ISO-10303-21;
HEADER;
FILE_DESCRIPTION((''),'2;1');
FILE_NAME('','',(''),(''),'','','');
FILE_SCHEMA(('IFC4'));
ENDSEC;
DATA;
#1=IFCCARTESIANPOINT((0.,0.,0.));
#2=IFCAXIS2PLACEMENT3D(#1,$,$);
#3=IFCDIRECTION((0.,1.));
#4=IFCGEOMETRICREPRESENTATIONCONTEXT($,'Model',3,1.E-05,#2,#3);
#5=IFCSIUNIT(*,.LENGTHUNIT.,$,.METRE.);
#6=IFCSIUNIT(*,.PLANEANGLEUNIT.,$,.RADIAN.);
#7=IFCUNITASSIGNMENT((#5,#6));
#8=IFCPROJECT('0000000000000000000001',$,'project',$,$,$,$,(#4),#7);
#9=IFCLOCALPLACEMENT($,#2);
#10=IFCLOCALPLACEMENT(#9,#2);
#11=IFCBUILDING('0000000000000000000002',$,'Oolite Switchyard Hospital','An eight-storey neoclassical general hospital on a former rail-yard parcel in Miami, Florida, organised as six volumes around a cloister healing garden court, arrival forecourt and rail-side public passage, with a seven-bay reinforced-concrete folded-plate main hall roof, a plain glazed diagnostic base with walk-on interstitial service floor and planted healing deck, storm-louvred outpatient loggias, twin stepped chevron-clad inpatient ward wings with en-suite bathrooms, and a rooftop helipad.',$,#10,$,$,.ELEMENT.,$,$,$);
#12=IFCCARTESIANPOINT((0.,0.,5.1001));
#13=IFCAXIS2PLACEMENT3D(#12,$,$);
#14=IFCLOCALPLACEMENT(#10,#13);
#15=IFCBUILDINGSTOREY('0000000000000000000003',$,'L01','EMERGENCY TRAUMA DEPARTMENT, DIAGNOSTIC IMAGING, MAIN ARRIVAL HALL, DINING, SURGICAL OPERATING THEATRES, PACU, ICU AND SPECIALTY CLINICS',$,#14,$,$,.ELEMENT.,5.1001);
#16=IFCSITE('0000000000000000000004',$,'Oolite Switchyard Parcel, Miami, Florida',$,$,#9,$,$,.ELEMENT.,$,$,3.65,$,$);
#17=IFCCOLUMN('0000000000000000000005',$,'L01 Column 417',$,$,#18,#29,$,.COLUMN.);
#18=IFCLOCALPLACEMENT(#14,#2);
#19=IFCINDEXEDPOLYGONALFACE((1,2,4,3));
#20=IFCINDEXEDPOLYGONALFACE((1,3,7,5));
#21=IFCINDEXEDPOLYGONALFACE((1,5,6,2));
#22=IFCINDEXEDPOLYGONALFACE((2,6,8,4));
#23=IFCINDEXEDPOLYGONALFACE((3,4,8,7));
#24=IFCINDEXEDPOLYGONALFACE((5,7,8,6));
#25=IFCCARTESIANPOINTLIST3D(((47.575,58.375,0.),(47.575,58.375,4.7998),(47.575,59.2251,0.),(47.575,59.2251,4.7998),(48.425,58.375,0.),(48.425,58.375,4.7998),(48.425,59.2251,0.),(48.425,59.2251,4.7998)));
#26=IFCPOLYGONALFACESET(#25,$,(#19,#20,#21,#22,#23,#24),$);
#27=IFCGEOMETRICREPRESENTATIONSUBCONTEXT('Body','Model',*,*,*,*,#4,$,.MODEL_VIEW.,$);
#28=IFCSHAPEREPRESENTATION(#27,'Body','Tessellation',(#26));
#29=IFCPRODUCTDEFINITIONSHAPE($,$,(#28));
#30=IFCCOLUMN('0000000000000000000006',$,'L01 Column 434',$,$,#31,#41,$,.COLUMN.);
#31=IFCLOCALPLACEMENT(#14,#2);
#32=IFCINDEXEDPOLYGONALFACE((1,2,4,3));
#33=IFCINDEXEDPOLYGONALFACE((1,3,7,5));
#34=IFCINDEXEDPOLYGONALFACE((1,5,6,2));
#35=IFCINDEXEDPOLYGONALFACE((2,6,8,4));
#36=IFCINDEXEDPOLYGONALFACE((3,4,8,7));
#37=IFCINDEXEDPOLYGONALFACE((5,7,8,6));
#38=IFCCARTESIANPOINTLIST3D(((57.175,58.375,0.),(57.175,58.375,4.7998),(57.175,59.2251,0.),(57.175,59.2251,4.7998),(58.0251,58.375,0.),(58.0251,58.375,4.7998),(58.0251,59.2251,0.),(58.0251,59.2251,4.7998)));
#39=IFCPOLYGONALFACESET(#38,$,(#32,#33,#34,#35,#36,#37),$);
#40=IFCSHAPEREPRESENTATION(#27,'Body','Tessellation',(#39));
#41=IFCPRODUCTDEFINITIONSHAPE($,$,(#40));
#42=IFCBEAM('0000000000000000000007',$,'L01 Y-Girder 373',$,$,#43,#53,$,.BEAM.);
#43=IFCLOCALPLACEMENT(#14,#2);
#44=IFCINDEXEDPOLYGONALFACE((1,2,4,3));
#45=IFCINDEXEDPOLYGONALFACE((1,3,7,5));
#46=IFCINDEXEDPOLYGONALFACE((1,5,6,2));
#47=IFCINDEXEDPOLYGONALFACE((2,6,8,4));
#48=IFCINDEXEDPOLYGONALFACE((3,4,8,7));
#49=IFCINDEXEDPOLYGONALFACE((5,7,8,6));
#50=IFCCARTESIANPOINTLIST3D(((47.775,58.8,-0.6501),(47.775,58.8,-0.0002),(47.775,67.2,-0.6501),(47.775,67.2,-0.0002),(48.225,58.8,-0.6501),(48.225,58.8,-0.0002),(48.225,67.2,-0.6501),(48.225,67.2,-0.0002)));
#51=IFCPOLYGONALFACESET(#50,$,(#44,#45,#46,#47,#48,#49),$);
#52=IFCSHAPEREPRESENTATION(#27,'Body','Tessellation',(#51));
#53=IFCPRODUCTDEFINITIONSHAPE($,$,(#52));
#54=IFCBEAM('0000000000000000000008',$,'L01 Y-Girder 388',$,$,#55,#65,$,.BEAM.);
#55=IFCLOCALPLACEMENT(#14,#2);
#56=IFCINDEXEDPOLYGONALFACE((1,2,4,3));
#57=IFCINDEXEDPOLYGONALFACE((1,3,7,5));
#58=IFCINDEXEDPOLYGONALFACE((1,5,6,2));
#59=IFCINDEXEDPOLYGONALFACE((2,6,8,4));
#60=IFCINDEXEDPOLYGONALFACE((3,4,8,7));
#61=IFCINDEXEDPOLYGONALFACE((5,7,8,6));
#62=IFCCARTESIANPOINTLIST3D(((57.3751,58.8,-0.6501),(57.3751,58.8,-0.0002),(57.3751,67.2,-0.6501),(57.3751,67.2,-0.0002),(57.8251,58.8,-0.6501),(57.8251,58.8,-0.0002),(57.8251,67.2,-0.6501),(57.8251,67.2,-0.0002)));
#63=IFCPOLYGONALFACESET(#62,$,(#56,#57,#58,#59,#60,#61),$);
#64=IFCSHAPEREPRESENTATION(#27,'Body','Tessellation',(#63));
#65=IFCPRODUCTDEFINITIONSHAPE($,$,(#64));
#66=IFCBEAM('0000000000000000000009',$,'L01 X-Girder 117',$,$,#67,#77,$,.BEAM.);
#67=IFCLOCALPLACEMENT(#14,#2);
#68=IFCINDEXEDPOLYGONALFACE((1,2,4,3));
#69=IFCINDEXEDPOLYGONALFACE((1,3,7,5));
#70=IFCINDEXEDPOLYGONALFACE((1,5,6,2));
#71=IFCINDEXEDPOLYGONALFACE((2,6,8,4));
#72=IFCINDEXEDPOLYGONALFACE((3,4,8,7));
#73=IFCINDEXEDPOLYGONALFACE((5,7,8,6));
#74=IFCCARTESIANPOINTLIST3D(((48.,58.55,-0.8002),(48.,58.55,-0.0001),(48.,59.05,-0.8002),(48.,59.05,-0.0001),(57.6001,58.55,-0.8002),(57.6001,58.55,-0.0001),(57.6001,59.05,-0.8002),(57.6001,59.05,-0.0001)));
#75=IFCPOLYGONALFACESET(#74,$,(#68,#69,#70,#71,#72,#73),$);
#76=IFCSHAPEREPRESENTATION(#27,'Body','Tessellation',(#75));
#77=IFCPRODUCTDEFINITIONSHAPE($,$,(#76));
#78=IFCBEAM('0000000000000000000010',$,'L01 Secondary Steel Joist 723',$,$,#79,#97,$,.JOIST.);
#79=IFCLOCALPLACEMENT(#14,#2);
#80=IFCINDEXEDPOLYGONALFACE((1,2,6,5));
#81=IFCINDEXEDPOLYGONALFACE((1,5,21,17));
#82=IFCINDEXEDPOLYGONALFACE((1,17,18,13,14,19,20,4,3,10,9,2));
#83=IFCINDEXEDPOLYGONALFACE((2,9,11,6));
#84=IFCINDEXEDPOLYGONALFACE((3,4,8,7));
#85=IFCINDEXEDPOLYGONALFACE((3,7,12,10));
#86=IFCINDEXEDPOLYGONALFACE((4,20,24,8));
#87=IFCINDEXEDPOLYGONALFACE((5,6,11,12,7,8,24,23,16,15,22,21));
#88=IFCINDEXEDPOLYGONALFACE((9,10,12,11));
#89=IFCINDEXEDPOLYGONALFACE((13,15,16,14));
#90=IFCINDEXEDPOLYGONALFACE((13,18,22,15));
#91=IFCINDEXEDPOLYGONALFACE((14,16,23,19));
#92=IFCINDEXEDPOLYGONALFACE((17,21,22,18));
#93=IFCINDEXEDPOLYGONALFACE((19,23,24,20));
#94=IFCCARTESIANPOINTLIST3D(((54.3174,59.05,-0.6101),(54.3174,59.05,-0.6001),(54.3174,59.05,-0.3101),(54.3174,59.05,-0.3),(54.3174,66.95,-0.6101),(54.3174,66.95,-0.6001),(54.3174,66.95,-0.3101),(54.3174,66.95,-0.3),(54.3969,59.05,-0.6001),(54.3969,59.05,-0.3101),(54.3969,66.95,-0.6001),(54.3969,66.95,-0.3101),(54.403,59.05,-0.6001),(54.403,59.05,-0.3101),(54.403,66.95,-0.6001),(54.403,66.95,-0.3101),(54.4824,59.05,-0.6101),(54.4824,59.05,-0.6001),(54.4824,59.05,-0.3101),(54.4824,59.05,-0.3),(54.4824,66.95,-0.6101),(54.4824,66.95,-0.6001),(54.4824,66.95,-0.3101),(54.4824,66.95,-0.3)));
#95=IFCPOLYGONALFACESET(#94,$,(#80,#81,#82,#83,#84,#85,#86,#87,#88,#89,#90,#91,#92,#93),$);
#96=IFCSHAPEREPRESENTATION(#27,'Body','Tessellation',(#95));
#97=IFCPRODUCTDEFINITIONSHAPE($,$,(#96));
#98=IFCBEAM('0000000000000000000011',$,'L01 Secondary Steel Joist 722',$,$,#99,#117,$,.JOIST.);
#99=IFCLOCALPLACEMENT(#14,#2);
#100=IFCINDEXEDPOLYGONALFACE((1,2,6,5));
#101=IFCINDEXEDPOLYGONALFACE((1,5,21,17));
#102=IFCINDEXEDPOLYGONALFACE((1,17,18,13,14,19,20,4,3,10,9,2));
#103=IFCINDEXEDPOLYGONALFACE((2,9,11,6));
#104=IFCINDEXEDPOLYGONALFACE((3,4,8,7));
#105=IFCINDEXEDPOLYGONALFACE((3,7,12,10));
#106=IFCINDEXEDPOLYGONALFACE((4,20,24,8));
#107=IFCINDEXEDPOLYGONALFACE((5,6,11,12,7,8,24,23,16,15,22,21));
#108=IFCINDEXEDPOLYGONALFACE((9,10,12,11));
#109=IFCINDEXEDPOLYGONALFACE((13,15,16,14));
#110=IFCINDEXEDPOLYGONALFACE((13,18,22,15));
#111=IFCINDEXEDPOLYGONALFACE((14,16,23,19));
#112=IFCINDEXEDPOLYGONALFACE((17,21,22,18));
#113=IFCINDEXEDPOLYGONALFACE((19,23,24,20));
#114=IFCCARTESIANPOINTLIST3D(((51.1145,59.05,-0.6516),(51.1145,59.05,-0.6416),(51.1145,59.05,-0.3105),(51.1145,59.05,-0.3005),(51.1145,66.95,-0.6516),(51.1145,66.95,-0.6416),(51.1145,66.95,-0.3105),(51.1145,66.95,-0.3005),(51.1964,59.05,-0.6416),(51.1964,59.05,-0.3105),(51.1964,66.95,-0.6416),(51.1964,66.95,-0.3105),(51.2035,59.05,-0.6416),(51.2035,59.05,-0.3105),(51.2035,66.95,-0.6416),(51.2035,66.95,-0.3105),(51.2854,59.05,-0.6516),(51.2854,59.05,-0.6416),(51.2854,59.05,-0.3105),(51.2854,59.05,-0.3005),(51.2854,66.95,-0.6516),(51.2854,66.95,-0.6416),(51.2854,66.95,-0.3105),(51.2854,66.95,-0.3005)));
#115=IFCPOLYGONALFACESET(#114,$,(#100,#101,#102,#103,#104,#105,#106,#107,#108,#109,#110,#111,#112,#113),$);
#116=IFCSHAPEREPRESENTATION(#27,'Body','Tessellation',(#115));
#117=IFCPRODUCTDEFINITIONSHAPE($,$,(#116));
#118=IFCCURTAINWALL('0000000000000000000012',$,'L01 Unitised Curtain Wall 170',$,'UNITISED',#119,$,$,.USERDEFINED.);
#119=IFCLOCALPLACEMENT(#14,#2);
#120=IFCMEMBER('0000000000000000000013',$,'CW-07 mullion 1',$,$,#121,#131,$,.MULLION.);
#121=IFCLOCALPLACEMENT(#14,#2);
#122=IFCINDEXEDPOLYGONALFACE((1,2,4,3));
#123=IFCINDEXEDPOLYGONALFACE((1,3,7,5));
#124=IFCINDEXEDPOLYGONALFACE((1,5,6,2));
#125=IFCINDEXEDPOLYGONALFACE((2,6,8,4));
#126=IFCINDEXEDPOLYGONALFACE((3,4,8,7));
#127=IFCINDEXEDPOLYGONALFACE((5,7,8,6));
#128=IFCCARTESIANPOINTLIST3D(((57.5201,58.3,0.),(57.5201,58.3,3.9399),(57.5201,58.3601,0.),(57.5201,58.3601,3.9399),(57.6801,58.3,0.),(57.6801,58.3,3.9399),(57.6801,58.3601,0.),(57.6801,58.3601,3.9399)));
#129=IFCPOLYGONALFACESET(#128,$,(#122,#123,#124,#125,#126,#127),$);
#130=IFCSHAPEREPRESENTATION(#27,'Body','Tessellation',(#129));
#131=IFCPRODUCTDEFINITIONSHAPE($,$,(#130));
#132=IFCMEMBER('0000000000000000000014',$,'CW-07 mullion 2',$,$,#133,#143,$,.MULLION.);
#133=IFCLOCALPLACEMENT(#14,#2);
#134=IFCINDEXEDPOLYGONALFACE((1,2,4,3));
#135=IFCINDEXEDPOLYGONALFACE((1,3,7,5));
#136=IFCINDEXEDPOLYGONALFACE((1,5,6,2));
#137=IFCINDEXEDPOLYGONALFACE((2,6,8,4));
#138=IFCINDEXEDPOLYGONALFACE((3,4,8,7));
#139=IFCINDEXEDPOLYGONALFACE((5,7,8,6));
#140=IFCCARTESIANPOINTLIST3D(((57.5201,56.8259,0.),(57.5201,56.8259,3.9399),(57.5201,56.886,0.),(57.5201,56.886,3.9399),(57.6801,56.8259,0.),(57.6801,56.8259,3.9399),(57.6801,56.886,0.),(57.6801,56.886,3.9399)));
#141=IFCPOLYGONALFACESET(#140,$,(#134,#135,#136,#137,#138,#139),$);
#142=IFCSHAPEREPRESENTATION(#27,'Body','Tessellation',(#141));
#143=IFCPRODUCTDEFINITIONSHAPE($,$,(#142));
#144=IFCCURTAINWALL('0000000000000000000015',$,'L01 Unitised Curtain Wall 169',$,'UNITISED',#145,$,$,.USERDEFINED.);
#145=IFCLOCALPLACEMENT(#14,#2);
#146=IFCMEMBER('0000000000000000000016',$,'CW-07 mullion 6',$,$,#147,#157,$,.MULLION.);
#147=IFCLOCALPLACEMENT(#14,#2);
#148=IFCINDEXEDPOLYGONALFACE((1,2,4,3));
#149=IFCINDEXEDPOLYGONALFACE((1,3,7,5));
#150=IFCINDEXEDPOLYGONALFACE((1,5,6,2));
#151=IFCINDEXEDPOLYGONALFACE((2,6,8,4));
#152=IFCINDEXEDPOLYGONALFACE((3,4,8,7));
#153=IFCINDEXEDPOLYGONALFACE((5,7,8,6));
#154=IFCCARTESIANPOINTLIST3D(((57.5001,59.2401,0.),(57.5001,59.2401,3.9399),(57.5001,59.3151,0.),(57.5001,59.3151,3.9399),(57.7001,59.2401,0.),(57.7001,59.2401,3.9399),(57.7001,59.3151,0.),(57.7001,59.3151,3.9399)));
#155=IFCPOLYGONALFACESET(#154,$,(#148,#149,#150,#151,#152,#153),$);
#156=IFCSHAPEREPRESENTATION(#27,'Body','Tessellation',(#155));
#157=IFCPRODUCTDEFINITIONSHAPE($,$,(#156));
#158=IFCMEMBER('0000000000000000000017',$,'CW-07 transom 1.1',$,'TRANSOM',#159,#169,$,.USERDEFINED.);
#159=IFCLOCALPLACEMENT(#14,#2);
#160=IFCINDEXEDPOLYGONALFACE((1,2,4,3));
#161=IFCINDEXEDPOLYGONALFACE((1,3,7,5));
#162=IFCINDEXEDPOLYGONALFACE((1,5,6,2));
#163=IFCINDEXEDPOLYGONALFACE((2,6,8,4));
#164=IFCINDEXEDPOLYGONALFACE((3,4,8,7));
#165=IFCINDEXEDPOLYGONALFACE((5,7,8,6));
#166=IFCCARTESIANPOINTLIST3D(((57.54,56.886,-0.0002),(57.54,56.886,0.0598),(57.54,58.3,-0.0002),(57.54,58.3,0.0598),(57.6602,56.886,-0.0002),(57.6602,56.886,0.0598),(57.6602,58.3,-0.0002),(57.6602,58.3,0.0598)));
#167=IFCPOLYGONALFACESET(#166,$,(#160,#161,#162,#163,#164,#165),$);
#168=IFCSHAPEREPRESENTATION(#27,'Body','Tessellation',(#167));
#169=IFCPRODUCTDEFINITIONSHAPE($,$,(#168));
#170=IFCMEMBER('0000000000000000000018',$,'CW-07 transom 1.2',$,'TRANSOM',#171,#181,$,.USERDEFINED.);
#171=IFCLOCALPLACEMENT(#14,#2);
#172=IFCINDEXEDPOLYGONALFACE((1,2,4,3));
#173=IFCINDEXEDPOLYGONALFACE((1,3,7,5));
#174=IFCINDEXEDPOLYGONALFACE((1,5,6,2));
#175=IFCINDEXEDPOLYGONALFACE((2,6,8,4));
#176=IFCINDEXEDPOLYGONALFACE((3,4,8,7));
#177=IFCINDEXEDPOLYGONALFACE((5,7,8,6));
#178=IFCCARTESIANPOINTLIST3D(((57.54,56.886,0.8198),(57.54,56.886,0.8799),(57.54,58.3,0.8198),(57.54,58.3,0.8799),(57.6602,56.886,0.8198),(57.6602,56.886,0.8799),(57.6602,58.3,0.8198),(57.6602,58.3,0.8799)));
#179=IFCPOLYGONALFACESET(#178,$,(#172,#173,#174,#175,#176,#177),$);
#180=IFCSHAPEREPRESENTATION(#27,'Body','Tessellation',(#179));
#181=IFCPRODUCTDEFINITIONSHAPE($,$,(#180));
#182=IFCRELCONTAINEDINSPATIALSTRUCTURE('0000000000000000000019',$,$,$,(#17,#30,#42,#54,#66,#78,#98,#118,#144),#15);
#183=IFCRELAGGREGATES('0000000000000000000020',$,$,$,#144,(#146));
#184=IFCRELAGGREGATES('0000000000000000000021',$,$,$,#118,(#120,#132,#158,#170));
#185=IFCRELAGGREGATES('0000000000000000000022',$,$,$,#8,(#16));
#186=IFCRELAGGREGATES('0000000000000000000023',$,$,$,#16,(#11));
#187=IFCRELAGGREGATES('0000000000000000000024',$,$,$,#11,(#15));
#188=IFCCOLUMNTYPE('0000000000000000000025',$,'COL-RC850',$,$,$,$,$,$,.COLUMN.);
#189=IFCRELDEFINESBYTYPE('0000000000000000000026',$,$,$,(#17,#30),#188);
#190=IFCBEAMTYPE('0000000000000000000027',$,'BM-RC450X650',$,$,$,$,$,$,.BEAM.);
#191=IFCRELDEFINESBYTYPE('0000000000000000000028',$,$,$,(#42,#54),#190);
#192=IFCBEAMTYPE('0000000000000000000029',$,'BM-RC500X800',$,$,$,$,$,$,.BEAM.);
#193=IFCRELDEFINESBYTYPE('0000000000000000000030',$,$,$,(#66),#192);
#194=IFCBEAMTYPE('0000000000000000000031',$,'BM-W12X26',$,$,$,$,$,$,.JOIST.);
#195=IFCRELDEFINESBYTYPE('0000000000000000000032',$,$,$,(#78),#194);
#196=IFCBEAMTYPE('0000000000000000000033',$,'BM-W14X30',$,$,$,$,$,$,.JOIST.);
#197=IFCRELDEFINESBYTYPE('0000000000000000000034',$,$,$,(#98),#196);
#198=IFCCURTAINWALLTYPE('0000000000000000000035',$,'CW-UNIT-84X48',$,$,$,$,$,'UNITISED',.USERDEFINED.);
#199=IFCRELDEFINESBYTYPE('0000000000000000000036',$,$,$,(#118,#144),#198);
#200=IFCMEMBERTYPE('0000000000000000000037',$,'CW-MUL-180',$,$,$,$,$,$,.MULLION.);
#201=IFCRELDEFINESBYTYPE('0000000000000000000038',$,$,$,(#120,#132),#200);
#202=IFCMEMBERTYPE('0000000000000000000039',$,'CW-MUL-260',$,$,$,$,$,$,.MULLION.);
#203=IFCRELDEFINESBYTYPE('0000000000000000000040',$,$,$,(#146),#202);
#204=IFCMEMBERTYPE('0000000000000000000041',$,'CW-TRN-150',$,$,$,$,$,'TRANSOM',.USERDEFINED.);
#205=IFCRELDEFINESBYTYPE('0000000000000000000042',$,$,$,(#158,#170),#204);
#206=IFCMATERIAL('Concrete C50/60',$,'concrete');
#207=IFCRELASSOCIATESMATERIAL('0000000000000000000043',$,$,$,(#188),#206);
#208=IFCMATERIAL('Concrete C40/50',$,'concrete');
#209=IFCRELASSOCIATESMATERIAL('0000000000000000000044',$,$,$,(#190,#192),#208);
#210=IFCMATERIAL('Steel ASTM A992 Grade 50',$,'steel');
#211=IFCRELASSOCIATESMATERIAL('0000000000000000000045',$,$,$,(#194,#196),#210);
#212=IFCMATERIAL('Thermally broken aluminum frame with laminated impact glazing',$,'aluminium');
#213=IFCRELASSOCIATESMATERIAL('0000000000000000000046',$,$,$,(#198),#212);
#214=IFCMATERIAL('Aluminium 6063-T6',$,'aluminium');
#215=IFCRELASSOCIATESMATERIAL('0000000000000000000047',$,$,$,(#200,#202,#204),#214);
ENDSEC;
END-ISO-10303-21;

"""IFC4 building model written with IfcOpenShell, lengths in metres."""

from ifc_helpers import new_model, si_unit, direction, frame, origin, origin_2d, place, context, subcontext, project, spatial, rectangle, i_section, extrude, material, material_profile, profile_set, type_object, element, aggregate, save


model = new_model("IFC4")

# Units and contexts
model_context = context("Model", 3, precision=1e-05, world=origin(), true_north=direction((0.0, 1.0)))
body_context = subcontext(model_context, "Body", "Model", "MODEL_VIEW")
ifc_project = project(units=[si_unit("LENGTHUNIT", "METRE"), si_unit("PLANEANGLEUNIT", "RADIAN")], contexts=[model_context])

# Site, building, storey
site_placement = place(None, origin())
site = spatial("IfcSite", under=ifc_project, at=site_placement, Name="Oolite Switchyard Parcel, Miami, Florida", CompositionType="ELEMENT", RefElevation=3.65)
building_placement = place(site_placement, origin())
building = spatial("IfcBuilding", under=site, at=building_placement, Name="Oolite Switchyard Hospital", Description="An eight-storey neoclassical general hospital on a former rail-yard parcel in Miami, Florida, organised as six volumes around a cloister healing garden court, arrival forecourt and rail-side public passage, with a seven-bay reinforced-concrete folded-plate main hall roof, a plain glazed diagnostic base with walk-on interstitial service floor and planted healing deck, storm-louvred outpatient loggias, twin stepped chevron-clad inpatient ward wings with en-suite bathrooms, and a rooftop helipad.", CompositionType="ELEMENT")
storey_placement = place(building_placement, frame((0.0, 0.0, 5.1001)))
storey = spatial("IfcBuildingStorey", under=building, at=storey_placement, Name="L01", Description="EMERGENCY TRAUMA DEPARTMENT, DIAGNOSTIC IMAGING, MAIN ARRIVAL HALL, DINING, SURGICAL OPERATING THEATRES, PACU, ICU AND SPECIALTY CLINICS", CompositionType="ELEMENT", Elevation=5.1001)

# Columns
ifc_material_1 = material(Name="Concrete C50/60", Category="concrete")
ifc_material_profile_1 = material_profile(ifc_material_1, rectangle(XDim=0.8501, YDim=0.8501, at=origin_2d()), Name="RC850X850")
ifc_profile_set_1 = profile_set([ifc_material_profile_1], Name="Concrete C50/60")
column_type = type_object("IfcColumnType", Name="COL-RC850", PredefinedType="COLUMN", material=ifc_profile_set_1)
for number, where, z_axis, x_axis, name in (
    (1, (48.0, 58.8, 0.0), (0.0, 0.0, 1.0), (1.0, 0.0, 0.0), "L01 Column 417"),
    (2, (57.6001, 58.8, 0.0), (0.0, 0.0, 1.0), (1.0, 0.0, 0.0), "L01 Column 434"),
):
    element("IfcColumn", number, at=place(storey_placement, frame(where, z_axis=z_axis, x_axis=x_axis)), inside=storey, type_object=column_type, Name=name, PredefinedType="COLUMN", context=body_context, shape_type="SweptSolid", body=[
        extrude(rectangle(XDim=0.8501, YDim=0.8501, at=origin_2d()), origin(), (0.0, 0.0, 1.0), 4.7998),
    ])

# Beams
ifc_material_2 = material(Name="Concrete C40/50", Category="concrete")
ifc_material_profile_2 = material_profile(ifc_material_2, rectangle(XDim=0.45, YDim=0.6499, at=origin_2d()), Name="RCB450X650")
ifc_profile_set_2 = profile_set([ifc_material_profile_2], Name="Concrete C40/50")
beam_type_1 = type_object("IfcBeamType", Name="BM-RC450X650", PredefinedType="BEAM", material=ifc_profile_set_2)
for number, where, z_axis, x_axis, name in (
    (3, (48.0, 58.8, -0.3252), (0.0, 1.0, 0.0), (-1.0, 0.0, 0.0), "L01 Y-Girder 373"),
    (4, (57.6001, 58.8, -0.3252), (0.0, 1.0, 0.0), (-1.0, 0.0, 0.0), "L01 Y-Girder 388"),
):
    element("IfcBeam", number, at=place(storey_placement, frame(where, z_axis=z_axis, x_axis=x_axis)), inside=storey, type_object=beam_type_1, Name=name, PredefinedType="BEAM", context=body_context, shape_type="SweptSolid", body=[
        extrude(rectangle(XDim=0.45, YDim=0.6499, at=origin_2d()), origin(), (0.0, 0.0, 1.0), 8.3999),
    ])
ifc_material_profile_3 = material_profile(ifc_material_2, rectangle(XDim=0.5, YDim=0.8, at=origin_2d()), Name="RCB500X800")
ifc_profile_set_3 = profile_set([ifc_material_profile_3], Name="Concrete C40/50")
beam_type_2 = type_object("IfcBeamType", Name="BM-RC500X800", PredefinedType="BEAM", material=ifc_profile_set_3)
beam_1_placement = place(storey_placement, frame((48.0, 58.8, -0.4001), z_axis=(1.0, 0.0, 0.0), x_axis=(0.0, 1.0, 0.0)))
element("IfcBeam", 5, at=beam_1_placement, inside=storey, type_object=beam_type_2, Name="L01 X-Girder 117", PredefinedType="BEAM", context=body_context, shape_type="SweptSolid", body=[
    extrude(rectangle(XDim=0.5, YDim=0.8, at=origin_2d()), origin(), (0.0, 0.0, 1.0), 9.6001),
])
ifc_material_3 = material(Name="Steel ASTM A992 Grade 50", Category="steel")
ifc_material_profile_4 = material_profile(ifc_material_3, i_section(OverallWidth=0.165, OverallDepth=0.3101, WebThickness=0.0061, FlangeThickness=0.01, at=origin_2d()), Name="W12X26")
ifc_profile_set_4 = profile_set([ifc_material_profile_4], Name="Steel ASTM A992 Grade 50")
beam_type_3 = type_object("IfcBeamType", Name="BM-W12X26", PredefinedType="JOIST", material=ifc_profile_set_4)
beam_2_placement = place(storey_placement, frame((54.3999, 59.05, -0.4551), z_axis=(0.0, 1.0, 0.0), x_axis=(-1.0, 0.0, 0.0)))
element("IfcBeam", 6, at=beam_2_placement, inside=storey, type_object=beam_type_3, Name="L01 Secondary Steel Joist 723", PredefinedType="JOIST", context=body_context, shape_type="SweptSolid", body=[
    extrude(i_section(OverallWidth=0.165, OverallDepth=0.3101, WebThickness=0.0061, FlangeThickness=0.01, at=origin_2d()), origin(), (0.0, 0.0, 1.0), 7.8999),
])
ifc_material_profile_5 = material_profile(ifc_material_3, i_section(OverallWidth=0.1709, OverallDepth=0.3511, WebThickness=0.0071, FlangeThickness=0.01, at=origin_2d()), Name="W14X30")
ifc_profile_set_5 = profile_set([ifc_material_profile_5], Name="Steel ASTM A992 Grade 50")
beam_type_4 = type_object("IfcBeamType", Name="BM-W14X30", PredefinedType="JOIST", material=ifc_profile_set_5)
beam_3_placement = place(storey_placement, frame((51.2, 59.05, -0.4761), z_axis=(0.0, 1.0, 0.0), x_axis=(-1.0, 0.0, 0.0)))
element("IfcBeam", 7, at=beam_3_placement, inside=storey, type_object=beam_type_4, Name="L01 Secondary Steel Joist 722", PredefinedType="JOIST", context=body_context, shape_type="SweptSolid", body=[
    extrude(i_section(OverallWidth=0.1709, OverallDepth=0.3511, WebThickness=0.0071, FlangeThickness=0.01, at=origin_2d()), origin(), (0.0, 0.0, 1.0), 7.8999),
])

# Curtain wall, members
ifc_material_4 = material(Name="Thermally broken aluminum frame with laminated impact glazing", Category="aluminium")
curtain_wall_type = type_object("IfcCurtainWallType", Name="CW-UNIT-84X48", ElementType="UNITISED", PredefinedType="USERDEFINED", material=ifc_material_4)
curtain_wall_1_placement = place(storey_placement, origin())
curtain_wall_1 = element("IfcCurtainWall", 8, at=curtain_wall_1_placement, inside=storey, type_object=curtain_wall_type, Name="L01 Unitised Curtain Wall 170", ObjectType="UNITISED", PredefinedType="USERDEFINED")
ifc_material_5 = material(Name="Aluminium 6063-T6", Category="aluminium")
ifc_material_profile_6 = material_profile(ifc_material_5, rectangle(XDim=0.1599, YDim=0.0601, at=origin_2d()), Name="CWM60X160")
ifc_profile_set_6 = profile_set([ifc_material_profile_6], Name="Aluminium 6063-T6")
member_type_1 = type_object("IfcMemberType", Name="CW-MUL-180", PredefinedType="MULLION", material=ifc_profile_set_6)
member_1_placement = place(storey_placement, frame((57.6001, 58.3301, 0.0), z_axis=(0.0, 0.0, 1.0), x_axis=(1.0, 0.0, 0.0)))
member_1 = element("IfcMember", 9, at=member_1_placement, type_object=member_type_1, Name="CW-07 mullion 1", PredefinedType="MULLION", context=body_context, shape_type="SweptSolid", body=[
    extrude(rectangle(XDim=0.1599, YDim=0.0601, at=origin_2d()), origin(), (0.0, 0.0, 1.0), 3.9399),
])
member_2_placement = place(storey_placement, frame((57.6001, 56.856, 0.0), z_axis=(0.0, 0.0, 1.0), x_axis=(1.0, 0.0, 0.0)))
member_2 = element("IfcMember", 10, at=member_2_placement, type_object=member_type_1, Name="CW-07 mullion 2", PredefinedType="MULLION", context=body_context, shape_type="SweptSolid", body=[
    extrude(rectangle(XDim=0.1599, YDim=0.0601, at=origin_2d()), origin(), (0.0, 0.0, 1.0), 3.9399),
])

# Curtain wall, member
curtain_wall_2_placement = place(storey_placement, origin())
curtain_wall_2 = element("IfcCurtainWall", 11, at=curtain_wall_2_placement, inside=storey, type_object=curtain_wall_type, Name="L01 Unitised Curtain Wall 169", ObjectType="UNITISED", PredefinedType="USERDEFINED")
ifc_material_profile_7 = material_profile(ifc_material_5, rectangle(XDim=0.2, YDim=0.075, at=origin_2d()), Name="CWM75X200")
ifc_profile_set_7 = profile_set([ifc_material_profile_7], Name="Aluminium 6063-T6")
member_type_2 = type_object("IfcMemberType", Name="CW-MUL-260", PredefinedType="MULLION", material=ifc_profile_set_7)
member_3_placement = place(storey_placement, frame((57.6001, 59.2776, 0.0), z_axis=(0.0, 0.0, 1.0), x_axis=(1.0, 0.0, 0.0)))
member_3 = element("IfcMember", 12, at=member_3_placement, type_object=member_type_2, Name="CW-07 mullion 6", PredefinedType="MULLION", context=body_context, shape_type="SweptSolid", body=[
    extrude(rectangle(XDim=0.2, YDim=0.075, at=origin_2d()), origin(), (0.0, 0.0, 1.0), 3.9399),
])

# Members
ifc_material_profile_8 = material_profile(ifc_material_5, rectangle(XDim=0.1201, YDim=0.0601, at=origin_2d()), Name="CWT60X120")
ifc_profile_set_8 = profile_set([ifc_material_profile_8], Name="Aluminium 6063-T6")
member_type_3 = type_object("IfcMemberType", Name="CW-TRN-150", ElementType="TRANSOM", PredefinedType="USERDEFINED", material=ifc_profile_set_8)
member_4_placement = place(storey_placement, frame((57.6001, 58.3, 0.0298), z_axis=(0.0, -1.0, 0.0), x_axis=(1.0, 0.0, 0.0)))
member_4 = element("IfcMember", 13, at=member_4_placement, type_object=member_type_3, Name="CW-07 transom 1.1", ObjectType="TRANSOM", PredefinedType="USERDEFINED", context=body_context, shape_type="SweptSolid", body=[
    extrude(rectangle(XDim=0.1201, YDim=0.0601, at=origin_2d()), origin(), (0.0, 0.0, 1.0), 1.4141),
])
member_5_placement = place(storey_placement, frame((57.6001, 58.3, 0.8499), z_axis=(0.0, -1.0, 0.0), x_axis=(1.0, 0.0, 0.0)))
member_5 = element("IfcMember", 14, at=member_5_placement, type_object=member_type_3, Name="CW-07 transom 1.2", ObjectType="TRANSOM", PredefinedType="USERDEFINED", context=body_context, shape_type="SweptSolid", body=[
    extrude(rectangle(XDim=0.1201, YDim=0.0601, at=origin_2d()), origin(), (0.0, 0.0, 1.0), 1.4141),
])

aggregate(curtain_wall_2, [member_3])
aggregate(curtain_wall_1, [member_1, member_2, member_4, member_5])

save(model, "model.ifc")
